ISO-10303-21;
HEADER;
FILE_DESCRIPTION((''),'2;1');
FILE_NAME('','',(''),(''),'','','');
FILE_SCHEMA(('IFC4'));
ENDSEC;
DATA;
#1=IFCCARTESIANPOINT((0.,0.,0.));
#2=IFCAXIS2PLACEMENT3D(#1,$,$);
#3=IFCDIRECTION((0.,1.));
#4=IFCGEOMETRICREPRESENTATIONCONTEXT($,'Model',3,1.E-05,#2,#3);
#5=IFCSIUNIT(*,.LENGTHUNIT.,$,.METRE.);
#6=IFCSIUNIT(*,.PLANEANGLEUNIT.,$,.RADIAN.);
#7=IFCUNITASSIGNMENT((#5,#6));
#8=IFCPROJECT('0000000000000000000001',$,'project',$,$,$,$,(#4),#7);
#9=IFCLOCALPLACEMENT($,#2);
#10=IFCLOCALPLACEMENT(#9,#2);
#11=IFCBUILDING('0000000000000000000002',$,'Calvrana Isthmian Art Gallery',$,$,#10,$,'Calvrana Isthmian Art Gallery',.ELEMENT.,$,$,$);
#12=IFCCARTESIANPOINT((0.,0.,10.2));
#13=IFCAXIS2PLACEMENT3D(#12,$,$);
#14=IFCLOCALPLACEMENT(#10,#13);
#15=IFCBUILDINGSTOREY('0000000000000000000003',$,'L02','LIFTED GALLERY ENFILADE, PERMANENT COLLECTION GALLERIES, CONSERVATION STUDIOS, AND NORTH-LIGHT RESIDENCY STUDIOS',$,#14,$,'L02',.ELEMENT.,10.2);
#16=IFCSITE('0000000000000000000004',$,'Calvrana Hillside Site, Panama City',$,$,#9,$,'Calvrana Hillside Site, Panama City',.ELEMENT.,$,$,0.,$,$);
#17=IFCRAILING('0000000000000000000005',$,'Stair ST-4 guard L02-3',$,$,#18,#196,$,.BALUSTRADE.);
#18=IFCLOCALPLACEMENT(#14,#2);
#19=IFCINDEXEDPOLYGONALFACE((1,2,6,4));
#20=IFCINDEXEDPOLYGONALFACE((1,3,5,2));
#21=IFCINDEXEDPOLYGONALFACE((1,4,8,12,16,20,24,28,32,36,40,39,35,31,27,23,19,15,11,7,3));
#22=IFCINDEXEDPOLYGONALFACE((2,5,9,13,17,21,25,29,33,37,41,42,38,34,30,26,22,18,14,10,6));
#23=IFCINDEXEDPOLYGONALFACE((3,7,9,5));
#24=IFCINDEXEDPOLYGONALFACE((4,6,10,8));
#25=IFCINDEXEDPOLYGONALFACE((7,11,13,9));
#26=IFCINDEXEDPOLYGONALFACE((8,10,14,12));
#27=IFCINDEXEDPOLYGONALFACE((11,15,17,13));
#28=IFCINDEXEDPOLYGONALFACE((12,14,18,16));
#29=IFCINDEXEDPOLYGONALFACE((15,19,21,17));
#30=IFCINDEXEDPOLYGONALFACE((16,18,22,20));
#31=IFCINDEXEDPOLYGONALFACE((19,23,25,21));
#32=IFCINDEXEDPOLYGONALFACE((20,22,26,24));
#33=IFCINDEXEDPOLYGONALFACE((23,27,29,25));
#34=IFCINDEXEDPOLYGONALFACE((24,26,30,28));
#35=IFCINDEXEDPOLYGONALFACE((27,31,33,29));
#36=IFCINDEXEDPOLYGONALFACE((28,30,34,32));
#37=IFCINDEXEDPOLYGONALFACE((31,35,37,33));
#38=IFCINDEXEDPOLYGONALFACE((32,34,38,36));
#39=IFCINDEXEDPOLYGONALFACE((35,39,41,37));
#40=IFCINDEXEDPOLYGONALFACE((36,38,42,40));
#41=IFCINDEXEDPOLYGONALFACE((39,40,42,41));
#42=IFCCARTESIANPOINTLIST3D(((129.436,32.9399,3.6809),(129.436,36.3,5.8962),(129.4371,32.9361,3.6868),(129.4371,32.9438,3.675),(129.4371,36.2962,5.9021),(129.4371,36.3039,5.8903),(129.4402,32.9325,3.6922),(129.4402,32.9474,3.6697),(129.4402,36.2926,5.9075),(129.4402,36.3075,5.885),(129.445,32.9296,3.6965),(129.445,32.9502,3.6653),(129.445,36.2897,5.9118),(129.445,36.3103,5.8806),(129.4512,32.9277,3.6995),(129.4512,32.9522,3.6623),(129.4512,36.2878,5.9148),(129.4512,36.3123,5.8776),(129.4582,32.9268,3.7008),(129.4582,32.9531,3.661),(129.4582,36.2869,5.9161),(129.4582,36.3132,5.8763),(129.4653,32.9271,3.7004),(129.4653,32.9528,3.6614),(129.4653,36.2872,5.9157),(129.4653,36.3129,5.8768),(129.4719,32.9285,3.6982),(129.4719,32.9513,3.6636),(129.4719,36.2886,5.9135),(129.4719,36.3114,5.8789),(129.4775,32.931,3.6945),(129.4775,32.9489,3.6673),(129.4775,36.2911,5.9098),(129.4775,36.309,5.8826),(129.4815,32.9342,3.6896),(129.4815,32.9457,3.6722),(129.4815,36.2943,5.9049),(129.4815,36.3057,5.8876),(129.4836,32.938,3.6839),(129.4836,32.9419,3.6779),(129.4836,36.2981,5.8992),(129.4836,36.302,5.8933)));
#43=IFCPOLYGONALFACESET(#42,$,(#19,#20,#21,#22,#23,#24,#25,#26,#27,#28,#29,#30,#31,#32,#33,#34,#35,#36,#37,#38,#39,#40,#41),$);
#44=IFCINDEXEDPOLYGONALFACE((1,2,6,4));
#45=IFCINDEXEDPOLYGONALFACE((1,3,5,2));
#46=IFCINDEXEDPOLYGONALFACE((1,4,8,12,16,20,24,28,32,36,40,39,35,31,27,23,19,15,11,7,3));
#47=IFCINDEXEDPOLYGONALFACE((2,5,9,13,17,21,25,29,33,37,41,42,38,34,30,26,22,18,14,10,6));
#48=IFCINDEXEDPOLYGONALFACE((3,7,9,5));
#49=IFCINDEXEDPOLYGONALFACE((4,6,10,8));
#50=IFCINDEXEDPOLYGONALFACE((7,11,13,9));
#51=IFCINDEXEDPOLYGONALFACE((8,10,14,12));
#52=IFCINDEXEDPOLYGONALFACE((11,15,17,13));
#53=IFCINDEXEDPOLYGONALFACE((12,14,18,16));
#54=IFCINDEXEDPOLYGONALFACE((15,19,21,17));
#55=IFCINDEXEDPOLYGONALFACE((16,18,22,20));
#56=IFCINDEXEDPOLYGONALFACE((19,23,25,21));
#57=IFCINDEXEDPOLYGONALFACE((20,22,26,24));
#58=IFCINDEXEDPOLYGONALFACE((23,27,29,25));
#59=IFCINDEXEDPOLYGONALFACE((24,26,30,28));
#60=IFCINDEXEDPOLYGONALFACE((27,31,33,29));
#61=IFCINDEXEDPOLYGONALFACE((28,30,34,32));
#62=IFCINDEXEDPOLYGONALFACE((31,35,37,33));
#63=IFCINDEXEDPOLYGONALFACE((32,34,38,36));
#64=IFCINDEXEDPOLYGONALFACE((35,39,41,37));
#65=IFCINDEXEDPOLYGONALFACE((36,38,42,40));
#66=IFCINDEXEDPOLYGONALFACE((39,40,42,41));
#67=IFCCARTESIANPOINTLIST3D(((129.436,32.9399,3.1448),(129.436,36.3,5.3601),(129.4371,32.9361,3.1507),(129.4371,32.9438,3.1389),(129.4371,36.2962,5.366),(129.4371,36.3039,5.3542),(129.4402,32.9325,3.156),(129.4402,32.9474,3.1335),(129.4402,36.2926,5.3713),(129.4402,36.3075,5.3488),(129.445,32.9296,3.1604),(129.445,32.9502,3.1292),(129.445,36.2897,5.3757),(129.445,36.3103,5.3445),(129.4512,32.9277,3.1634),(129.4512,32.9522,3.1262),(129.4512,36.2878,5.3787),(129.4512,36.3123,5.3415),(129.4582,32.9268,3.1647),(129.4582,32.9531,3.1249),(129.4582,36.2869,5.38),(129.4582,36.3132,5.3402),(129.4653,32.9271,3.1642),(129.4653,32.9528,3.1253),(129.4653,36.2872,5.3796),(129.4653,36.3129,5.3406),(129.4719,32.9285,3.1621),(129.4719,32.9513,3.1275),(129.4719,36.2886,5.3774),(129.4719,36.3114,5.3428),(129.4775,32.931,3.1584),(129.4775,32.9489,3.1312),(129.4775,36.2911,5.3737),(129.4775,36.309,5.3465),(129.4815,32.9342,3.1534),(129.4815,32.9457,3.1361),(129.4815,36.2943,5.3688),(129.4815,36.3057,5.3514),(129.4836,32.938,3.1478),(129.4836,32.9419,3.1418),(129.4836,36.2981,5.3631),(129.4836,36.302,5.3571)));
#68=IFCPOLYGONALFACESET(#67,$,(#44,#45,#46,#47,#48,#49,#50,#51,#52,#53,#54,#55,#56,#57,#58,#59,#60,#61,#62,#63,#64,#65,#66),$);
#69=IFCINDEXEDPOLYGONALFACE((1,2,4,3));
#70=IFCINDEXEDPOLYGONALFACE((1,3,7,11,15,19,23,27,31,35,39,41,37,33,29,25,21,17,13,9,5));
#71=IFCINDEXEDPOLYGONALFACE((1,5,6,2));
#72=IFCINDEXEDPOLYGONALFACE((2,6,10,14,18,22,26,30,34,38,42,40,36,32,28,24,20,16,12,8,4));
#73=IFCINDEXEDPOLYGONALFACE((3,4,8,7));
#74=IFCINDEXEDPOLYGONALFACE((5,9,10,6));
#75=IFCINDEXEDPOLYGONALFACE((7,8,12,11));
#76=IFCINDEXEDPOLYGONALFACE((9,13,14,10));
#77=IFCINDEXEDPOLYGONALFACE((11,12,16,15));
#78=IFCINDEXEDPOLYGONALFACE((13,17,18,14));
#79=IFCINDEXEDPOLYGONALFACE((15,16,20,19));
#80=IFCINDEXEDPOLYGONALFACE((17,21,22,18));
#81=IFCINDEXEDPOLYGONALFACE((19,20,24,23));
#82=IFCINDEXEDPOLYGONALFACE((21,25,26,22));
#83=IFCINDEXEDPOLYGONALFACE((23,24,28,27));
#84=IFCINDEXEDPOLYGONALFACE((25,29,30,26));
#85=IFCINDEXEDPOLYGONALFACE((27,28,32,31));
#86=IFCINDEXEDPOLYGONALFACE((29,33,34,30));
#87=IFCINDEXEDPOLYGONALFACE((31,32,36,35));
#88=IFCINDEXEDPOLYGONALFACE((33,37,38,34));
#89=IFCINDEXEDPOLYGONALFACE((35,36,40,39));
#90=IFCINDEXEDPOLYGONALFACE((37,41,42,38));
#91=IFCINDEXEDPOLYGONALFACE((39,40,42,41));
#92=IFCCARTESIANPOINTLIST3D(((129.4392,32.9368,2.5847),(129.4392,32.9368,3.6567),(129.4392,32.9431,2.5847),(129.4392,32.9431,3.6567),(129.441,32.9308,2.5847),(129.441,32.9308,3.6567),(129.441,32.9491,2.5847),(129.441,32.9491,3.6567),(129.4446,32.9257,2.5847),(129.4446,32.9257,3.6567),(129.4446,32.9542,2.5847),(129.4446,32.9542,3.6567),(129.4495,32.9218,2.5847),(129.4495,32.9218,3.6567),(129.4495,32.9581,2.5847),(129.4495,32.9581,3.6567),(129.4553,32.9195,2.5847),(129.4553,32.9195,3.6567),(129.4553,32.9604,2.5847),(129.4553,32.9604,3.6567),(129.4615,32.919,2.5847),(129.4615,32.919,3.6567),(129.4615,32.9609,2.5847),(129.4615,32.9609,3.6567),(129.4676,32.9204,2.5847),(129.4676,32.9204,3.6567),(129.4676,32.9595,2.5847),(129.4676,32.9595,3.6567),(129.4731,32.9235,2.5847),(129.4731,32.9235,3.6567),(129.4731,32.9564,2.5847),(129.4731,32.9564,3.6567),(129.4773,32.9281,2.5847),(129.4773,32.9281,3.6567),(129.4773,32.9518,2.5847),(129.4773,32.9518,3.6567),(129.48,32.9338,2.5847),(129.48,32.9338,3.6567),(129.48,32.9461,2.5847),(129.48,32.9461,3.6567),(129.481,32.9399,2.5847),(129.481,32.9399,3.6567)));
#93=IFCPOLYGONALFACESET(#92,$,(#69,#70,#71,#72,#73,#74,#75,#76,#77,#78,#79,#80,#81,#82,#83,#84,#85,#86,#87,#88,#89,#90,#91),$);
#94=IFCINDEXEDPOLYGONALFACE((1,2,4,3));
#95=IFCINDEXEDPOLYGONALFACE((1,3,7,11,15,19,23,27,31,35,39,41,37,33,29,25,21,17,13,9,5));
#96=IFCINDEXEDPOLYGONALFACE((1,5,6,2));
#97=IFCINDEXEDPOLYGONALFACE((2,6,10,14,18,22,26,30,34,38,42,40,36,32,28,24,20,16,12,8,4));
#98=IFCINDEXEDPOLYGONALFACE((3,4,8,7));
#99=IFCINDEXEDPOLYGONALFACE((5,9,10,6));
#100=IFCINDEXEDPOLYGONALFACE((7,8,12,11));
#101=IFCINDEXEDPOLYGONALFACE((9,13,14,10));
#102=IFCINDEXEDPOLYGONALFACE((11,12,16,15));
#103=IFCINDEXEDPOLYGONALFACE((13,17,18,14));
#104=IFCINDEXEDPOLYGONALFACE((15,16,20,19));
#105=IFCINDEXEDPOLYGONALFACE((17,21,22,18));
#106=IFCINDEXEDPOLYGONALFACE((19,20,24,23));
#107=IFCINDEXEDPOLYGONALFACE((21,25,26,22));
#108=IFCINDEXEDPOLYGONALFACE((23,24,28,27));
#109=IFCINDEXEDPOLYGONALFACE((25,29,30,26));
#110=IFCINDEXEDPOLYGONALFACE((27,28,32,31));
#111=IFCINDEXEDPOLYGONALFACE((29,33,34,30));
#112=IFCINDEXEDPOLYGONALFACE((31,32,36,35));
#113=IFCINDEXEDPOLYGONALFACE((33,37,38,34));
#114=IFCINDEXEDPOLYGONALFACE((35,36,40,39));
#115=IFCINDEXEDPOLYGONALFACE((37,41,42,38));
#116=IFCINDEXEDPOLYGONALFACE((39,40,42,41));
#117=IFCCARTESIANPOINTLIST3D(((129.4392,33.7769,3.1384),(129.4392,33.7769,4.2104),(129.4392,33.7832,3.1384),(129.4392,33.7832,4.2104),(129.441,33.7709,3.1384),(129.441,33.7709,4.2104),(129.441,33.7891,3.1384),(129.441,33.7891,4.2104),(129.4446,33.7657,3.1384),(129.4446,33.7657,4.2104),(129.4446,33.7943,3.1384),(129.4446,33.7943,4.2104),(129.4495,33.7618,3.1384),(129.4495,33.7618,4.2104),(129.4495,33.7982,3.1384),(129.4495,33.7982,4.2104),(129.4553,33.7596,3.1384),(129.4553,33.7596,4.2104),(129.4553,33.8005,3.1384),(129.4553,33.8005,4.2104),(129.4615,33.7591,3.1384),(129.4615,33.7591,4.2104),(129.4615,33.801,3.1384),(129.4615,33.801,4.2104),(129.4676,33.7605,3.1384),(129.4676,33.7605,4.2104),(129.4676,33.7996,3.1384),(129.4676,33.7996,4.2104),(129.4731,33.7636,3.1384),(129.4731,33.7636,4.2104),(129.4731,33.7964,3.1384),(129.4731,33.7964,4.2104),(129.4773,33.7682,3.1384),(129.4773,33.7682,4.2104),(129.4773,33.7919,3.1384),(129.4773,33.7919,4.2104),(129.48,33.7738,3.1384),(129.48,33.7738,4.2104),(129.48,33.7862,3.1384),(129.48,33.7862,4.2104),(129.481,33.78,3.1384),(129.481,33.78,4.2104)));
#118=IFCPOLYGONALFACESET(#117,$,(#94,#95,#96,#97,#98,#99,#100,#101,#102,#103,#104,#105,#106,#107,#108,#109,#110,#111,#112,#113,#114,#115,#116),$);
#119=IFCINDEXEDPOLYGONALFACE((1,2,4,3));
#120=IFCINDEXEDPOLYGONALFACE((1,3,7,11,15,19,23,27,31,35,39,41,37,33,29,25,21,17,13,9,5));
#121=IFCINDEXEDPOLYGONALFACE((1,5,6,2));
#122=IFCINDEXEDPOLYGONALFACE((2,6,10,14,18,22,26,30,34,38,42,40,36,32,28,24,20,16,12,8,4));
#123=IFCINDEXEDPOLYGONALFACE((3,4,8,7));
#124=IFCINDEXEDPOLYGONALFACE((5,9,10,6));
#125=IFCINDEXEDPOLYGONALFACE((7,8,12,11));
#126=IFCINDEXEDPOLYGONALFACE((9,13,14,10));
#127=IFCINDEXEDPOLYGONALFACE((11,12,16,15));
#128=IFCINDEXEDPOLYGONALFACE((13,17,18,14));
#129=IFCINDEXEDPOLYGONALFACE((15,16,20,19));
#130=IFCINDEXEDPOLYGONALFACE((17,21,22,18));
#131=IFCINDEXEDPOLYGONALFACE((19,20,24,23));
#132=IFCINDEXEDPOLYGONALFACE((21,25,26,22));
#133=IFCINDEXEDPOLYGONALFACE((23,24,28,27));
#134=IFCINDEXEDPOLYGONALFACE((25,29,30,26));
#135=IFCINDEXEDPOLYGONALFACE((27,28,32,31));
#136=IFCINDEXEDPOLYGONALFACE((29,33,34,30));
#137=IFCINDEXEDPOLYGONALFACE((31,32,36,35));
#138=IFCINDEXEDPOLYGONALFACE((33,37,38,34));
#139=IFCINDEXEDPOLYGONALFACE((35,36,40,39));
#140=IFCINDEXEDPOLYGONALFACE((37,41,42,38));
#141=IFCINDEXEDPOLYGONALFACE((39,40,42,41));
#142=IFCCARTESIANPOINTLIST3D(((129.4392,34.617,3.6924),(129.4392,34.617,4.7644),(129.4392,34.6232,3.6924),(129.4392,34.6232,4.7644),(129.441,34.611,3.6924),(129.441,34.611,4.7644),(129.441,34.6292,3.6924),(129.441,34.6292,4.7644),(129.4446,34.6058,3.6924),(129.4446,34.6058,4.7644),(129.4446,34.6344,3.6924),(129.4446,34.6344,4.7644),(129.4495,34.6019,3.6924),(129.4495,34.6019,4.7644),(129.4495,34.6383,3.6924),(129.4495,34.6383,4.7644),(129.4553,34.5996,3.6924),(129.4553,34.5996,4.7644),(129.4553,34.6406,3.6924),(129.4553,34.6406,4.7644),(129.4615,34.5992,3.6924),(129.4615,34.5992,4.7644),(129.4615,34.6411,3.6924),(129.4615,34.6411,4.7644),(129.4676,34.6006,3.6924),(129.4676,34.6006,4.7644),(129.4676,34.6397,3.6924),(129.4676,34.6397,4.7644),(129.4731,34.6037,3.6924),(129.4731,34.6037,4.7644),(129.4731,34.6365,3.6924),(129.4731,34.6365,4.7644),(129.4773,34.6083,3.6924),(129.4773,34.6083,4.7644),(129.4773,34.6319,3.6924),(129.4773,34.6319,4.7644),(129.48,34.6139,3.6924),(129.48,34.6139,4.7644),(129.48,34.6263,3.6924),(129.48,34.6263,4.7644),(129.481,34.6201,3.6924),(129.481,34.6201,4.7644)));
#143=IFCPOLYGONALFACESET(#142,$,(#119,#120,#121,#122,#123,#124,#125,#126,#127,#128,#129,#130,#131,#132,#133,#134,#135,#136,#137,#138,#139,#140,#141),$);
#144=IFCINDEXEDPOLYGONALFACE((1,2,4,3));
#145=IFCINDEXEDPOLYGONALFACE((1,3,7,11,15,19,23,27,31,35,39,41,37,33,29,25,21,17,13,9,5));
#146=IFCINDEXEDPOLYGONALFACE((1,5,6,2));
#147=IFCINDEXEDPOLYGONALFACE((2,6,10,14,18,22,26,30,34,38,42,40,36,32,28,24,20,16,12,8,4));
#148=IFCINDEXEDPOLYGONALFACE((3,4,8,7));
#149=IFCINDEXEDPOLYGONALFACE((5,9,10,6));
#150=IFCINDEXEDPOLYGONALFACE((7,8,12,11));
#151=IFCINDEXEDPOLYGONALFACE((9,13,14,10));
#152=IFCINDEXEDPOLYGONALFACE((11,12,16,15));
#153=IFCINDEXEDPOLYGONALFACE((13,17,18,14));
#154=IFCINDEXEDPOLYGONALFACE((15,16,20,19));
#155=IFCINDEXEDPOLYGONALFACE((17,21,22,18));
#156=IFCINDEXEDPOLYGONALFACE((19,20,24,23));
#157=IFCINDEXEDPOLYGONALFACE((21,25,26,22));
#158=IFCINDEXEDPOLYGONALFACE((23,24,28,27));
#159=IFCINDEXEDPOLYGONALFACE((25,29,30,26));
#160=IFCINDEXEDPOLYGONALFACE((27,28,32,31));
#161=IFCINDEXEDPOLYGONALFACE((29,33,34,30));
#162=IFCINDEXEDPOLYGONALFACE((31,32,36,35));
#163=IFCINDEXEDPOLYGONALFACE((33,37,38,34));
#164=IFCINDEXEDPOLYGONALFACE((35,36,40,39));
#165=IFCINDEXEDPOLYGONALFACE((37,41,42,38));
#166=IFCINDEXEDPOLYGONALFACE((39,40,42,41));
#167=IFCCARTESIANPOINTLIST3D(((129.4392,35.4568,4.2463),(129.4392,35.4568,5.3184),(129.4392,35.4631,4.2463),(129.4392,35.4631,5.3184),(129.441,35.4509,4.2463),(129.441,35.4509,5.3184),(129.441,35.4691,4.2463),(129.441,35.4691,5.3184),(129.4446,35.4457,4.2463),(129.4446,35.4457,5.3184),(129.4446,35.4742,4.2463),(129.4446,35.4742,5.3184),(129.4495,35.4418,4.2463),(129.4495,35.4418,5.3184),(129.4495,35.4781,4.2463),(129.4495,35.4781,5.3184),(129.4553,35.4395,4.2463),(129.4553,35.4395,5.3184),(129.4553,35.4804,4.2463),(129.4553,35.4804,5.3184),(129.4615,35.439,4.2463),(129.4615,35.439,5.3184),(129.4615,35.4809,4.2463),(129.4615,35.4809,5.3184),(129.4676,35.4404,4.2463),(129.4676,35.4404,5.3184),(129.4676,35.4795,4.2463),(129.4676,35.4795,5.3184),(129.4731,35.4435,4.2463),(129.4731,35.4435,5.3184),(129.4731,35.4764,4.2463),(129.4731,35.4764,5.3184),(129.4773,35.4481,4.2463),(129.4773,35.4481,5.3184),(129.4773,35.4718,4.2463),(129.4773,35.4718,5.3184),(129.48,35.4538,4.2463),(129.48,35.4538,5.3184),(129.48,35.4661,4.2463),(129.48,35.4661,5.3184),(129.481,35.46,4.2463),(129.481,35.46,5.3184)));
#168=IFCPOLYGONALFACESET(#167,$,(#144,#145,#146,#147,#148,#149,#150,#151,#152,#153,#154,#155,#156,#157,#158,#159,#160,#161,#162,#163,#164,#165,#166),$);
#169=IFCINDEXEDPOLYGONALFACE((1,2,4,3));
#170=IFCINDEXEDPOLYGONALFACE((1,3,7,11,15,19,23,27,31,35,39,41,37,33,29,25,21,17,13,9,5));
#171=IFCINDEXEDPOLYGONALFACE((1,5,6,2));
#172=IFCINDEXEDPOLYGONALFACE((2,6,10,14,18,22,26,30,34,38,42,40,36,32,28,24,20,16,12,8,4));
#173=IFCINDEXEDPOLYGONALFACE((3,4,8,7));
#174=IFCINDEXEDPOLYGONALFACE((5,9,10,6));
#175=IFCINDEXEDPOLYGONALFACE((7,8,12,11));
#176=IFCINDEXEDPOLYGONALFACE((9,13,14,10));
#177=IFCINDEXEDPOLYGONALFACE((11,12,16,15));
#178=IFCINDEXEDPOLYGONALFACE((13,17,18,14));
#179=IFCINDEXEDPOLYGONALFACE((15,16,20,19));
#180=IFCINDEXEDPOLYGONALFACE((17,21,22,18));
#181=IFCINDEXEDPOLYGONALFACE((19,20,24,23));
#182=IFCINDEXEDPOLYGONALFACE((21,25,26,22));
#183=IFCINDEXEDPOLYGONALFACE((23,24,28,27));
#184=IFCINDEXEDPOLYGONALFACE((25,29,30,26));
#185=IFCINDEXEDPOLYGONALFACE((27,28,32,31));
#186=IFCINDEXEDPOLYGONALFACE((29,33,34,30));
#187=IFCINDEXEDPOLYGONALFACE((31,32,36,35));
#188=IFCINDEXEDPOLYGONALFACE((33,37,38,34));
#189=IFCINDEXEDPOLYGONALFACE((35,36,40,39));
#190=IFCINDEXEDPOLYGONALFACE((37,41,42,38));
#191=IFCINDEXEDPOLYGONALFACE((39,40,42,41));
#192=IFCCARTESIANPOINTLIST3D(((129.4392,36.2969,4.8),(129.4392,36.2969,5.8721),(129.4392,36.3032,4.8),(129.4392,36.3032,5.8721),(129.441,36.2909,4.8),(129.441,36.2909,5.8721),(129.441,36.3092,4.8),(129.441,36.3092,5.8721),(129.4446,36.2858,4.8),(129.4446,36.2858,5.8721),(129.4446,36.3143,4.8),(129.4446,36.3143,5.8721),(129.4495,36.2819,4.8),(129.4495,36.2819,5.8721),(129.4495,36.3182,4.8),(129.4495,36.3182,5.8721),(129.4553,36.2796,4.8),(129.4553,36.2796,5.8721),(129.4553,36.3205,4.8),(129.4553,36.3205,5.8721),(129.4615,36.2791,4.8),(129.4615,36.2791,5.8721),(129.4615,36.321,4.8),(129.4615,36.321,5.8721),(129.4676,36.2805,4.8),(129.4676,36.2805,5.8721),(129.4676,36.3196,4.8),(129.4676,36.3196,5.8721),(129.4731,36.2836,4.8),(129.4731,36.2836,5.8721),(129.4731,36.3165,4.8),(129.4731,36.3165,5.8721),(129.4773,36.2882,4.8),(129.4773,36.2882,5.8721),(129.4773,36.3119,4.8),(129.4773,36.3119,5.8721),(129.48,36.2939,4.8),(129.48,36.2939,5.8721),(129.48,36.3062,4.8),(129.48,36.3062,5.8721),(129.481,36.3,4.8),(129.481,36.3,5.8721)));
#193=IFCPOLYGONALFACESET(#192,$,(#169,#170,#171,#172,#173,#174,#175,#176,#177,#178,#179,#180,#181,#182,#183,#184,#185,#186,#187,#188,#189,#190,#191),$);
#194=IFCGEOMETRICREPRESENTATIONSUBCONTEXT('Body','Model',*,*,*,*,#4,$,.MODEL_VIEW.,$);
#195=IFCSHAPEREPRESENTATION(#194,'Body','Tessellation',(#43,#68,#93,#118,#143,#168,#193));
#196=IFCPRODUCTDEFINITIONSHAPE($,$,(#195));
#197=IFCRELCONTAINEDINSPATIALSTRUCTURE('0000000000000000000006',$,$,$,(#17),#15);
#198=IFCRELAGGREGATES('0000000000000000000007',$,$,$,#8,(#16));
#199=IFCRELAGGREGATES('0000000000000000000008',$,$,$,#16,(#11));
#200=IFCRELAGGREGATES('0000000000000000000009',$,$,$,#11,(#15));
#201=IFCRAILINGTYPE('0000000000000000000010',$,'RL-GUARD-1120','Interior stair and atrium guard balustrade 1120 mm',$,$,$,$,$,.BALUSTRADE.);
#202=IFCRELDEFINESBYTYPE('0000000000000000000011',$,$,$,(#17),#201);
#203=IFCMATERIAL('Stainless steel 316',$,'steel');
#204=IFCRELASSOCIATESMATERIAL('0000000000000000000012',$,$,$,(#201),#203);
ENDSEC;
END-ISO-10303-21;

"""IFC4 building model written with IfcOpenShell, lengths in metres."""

from ifc_helpers import new_model, si_unit, direction, frame, origin, origin_2d, place, context, subcontext, project, spatial, circle, extrude, material, type_object, element, save


model = new_model("IFC4")

# Units and contexts
model_context = context("Model", 3, precision=1e-05, world=origin(), true_north=direction((0.0, 1.0)))
body_context = subcontext(model_context, "Body", "Model", "MODEL_VIEW")
ifc_project = project(units=[si_unit("LENGTHUNIT", "METRE"), si_unit("PLANEANGLEUNIT", "RADIAN")], contexts=[model_context])

# Site, building, storey
site_placement = place(None, origin())
site = spatial("IfcSite", under=ifc_project, at=site_placement, Name="Calvrana Hillside Site, Panama City", LongName="Calvrana Hillside Site, Panama City", CompositionType="ELEMENT", RefElevation=0.0)
building_placement = place(site_placement, origin())
building = spatial("IfcBuilding", under=site, at=building_placement, Name="Calvrana Isthmian Art Gallery", LongName="Calvrana Isthmian Art Gallery", CompositionType="ELEMENT")
storey_placement = place(building_placement, frame((0.0, 0.0, 10.2)))
storey = spatial("IfcBuildingStorey", under=building, at=storey_placement, Name="L02", Description="LIFTED GALLERY ENFILADE, PERMANENT COLLECTION GALLERIES, CONSERVATION STUDIOS, AND NORTH-LIGHT RESIDENCY STUDIOS", LongName="L02", CompositionType="ELEMENT", Elevation=10.2)

# Railing
ifc_material_1 = material(Name="Stainless steel 316", Category="steel")
railing_type_1 = type_object("IfcRailingType", Name="RL-GUARD-1120", Description="Interior stair and atrium guard balustrade 1120 mm", PredefinedType="BALUSTRADE", material=ifc_material_1)
railing_1_placement = place(storey_placement, frame((129.46, 32.9399, 2.5847)))
element("IfcRailing", 1, at=railing_1_placement, inside=storey, type_object=railing_type_1, Name="Stair ST-4 guard L02-3", PredefinedType="BALUSTRADE", context=body_context, shape_type="SweptSolid", body=[
    extrude(circle(Radius=0.0239, at=origin_2d()), frame((0.0, 0.0, 1.0962), z_axis=(0.0, 0.834876, 0.550437), x_axis=(-1.0, 0.0, 0.0)), (0.0, 0.0, 1.0), 4.0247),
    extrude(circle(Radius=0.0239, at=origin_2d()), frame((0.0, 0.0, 0.5601), z_axis=(0.0, 0.834876, 0.550437), x_axis=(-1.0, 0.0, 0.0)), (0.0, 0.0, 1.0), 4.0247),
    extrude(circle(Radius=0.021, at=origin_2d()), origin(), (0.0, 0.0, 1.0), 1.072),
    extrude(circle(Radius=0.021, at=origin_2d()), frame((0.0, 0.8401, 0.5537)), (0.0, 0.0, 1.0), 1.072),
    extrude(circle(Radius=0.021, at=origin_2d()), frame((0.0, 1.6802, 1.1077)), (0.0, 0.0, 1.0), 1.072),
    extrude(circle(Radius=0.021, at=origin_2d()), frame((0.0, 2.52, 1.6616)), (0.0, 0.0, 1.0), 1.072),
    extrude(circle(Radius=0.021, at=origin_2d()), frame((0.0, 3.3601, 2.2153)), (0.0, 0.0, 1.0), 1.072),
])

save(model, "model.ifc")
